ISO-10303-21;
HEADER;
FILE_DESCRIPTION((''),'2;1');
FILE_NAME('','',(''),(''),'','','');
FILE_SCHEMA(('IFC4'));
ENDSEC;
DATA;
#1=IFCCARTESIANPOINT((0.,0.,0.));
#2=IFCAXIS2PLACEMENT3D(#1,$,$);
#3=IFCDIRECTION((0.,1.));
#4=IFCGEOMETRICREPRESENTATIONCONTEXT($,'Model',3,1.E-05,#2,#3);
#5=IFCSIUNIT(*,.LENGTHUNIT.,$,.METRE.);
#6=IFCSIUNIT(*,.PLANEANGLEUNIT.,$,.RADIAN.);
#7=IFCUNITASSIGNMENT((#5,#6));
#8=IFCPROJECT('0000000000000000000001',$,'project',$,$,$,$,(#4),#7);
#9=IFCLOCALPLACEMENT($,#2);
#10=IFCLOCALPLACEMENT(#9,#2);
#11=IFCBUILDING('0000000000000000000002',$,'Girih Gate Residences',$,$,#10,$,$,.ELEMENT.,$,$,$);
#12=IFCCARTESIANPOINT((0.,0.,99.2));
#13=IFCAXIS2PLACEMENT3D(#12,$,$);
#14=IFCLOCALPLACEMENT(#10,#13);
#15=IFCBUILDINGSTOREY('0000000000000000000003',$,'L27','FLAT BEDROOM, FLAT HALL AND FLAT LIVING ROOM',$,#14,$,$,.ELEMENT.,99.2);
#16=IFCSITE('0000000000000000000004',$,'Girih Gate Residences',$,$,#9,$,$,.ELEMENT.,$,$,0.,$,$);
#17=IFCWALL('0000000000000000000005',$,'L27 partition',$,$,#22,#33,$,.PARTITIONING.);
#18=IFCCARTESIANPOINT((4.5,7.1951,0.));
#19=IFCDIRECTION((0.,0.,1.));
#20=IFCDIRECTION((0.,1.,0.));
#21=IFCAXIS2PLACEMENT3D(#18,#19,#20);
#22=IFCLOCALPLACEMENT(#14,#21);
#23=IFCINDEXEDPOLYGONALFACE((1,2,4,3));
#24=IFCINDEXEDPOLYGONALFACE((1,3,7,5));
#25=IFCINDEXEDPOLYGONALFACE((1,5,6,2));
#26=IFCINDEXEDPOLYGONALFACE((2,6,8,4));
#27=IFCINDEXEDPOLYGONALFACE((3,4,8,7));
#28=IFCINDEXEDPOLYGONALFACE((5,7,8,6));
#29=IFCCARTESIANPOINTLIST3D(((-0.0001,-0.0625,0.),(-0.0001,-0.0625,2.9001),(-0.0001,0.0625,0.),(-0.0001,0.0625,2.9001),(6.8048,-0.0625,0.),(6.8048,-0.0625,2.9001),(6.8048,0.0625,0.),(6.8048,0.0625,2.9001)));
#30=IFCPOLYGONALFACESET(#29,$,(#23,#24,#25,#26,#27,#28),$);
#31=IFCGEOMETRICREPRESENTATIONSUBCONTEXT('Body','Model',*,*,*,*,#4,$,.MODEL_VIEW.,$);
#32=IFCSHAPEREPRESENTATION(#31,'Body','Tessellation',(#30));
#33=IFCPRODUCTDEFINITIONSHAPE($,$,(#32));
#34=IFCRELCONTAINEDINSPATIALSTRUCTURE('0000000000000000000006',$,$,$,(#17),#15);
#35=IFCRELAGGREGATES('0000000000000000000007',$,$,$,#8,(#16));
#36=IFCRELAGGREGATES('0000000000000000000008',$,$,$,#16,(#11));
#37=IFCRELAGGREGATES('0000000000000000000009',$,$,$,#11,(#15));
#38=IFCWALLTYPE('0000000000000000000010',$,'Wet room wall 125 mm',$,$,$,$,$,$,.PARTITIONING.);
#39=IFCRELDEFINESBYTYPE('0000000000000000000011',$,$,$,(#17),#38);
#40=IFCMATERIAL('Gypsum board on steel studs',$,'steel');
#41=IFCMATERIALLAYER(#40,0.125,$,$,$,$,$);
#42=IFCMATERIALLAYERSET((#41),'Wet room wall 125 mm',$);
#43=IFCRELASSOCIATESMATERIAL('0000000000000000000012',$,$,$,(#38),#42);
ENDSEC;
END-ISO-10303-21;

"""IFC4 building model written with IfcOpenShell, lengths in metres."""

from ifc_helpers import new_model, si_unit, direction, frame, frame_2d, origin, place, context, subcontext, project, spatial, rectangle, extrude, material, layer, layer_set, type_object, element, save


model = new_model("IFC4")

# Units and contexts
model_context = context("Model", 3, precision=1e-05, world=origin(), true_north=direction((0.0, 1.0)))
body_context = subcontext(model_context, "Body", "Model", "MODEL_VIEW")
ifc_project = project(units=[si_unit("LENGTHUNIT", "METRE"), si_unit("PLANEANGLEUNIT", "RADIAN")], contexts=[model_context])

# Site, building, storey
site_placement = place(None, origin())
site = spatial("IfcSite", under=ifc_project, at=site_placement, Name="Girih Gate Residences", CompositionType="ELEMENT", RefElevation=0.0)
building_placement = place(site_placement, origin())
building = spatial("IfcBuilding", under=site, at=building_placement, Name="Girih Gate Residences", CompositionType="ELEMENT")
storey_placement = place(building_placement, frame((0.0, 0.0, 99.2)))
storey = spatial("IfcBuildingStorey", under=building, at=storey_placement, Name="L27", Description="FLAT BEDROOM, FLAT HALL AND FLAT LIVING ROOM", CompositionType="ELEMENT", Elevation=99.2)

# Shared definitions
ifc_material_1 = material(Name="Gypsum board on steel studs", Category="steel")

# Wall
ifc_layer_1 = layer(ifc_material_1, 0.125)
ifc_layer_set_1 = layer_set([ifc_layer_1], Name="Wet room wall 125 mm")
wall_type_1 = type_object("IfcWallType", Name="Wet room wall 125 mm", PredefinedType="PARTITIONING", material=ifc_layer_set_1)
wall_1_placement = place(storey_placement, frame((4.5, 7.1951, 0.0), z_axis=(0.0, 0.0, 1.0), x_axis=(0.0, 1.0, 0.0)))
element("IfcWall", 1, at=wall_1_placement, inside=storey, type_object=wall_type_1, Name="L27 partition", PredefinedType="PARTITIONING", context=body_context, shape_type="SweptSolid", body=[
    extrude(rectangle(XDim=6.8049, YDim=0.125, at=frame_2d((3.4023, 0.0))), origin(), (0.0, 0.0, 1.0), 2.9001),
])

save(model, "model.ifc")
